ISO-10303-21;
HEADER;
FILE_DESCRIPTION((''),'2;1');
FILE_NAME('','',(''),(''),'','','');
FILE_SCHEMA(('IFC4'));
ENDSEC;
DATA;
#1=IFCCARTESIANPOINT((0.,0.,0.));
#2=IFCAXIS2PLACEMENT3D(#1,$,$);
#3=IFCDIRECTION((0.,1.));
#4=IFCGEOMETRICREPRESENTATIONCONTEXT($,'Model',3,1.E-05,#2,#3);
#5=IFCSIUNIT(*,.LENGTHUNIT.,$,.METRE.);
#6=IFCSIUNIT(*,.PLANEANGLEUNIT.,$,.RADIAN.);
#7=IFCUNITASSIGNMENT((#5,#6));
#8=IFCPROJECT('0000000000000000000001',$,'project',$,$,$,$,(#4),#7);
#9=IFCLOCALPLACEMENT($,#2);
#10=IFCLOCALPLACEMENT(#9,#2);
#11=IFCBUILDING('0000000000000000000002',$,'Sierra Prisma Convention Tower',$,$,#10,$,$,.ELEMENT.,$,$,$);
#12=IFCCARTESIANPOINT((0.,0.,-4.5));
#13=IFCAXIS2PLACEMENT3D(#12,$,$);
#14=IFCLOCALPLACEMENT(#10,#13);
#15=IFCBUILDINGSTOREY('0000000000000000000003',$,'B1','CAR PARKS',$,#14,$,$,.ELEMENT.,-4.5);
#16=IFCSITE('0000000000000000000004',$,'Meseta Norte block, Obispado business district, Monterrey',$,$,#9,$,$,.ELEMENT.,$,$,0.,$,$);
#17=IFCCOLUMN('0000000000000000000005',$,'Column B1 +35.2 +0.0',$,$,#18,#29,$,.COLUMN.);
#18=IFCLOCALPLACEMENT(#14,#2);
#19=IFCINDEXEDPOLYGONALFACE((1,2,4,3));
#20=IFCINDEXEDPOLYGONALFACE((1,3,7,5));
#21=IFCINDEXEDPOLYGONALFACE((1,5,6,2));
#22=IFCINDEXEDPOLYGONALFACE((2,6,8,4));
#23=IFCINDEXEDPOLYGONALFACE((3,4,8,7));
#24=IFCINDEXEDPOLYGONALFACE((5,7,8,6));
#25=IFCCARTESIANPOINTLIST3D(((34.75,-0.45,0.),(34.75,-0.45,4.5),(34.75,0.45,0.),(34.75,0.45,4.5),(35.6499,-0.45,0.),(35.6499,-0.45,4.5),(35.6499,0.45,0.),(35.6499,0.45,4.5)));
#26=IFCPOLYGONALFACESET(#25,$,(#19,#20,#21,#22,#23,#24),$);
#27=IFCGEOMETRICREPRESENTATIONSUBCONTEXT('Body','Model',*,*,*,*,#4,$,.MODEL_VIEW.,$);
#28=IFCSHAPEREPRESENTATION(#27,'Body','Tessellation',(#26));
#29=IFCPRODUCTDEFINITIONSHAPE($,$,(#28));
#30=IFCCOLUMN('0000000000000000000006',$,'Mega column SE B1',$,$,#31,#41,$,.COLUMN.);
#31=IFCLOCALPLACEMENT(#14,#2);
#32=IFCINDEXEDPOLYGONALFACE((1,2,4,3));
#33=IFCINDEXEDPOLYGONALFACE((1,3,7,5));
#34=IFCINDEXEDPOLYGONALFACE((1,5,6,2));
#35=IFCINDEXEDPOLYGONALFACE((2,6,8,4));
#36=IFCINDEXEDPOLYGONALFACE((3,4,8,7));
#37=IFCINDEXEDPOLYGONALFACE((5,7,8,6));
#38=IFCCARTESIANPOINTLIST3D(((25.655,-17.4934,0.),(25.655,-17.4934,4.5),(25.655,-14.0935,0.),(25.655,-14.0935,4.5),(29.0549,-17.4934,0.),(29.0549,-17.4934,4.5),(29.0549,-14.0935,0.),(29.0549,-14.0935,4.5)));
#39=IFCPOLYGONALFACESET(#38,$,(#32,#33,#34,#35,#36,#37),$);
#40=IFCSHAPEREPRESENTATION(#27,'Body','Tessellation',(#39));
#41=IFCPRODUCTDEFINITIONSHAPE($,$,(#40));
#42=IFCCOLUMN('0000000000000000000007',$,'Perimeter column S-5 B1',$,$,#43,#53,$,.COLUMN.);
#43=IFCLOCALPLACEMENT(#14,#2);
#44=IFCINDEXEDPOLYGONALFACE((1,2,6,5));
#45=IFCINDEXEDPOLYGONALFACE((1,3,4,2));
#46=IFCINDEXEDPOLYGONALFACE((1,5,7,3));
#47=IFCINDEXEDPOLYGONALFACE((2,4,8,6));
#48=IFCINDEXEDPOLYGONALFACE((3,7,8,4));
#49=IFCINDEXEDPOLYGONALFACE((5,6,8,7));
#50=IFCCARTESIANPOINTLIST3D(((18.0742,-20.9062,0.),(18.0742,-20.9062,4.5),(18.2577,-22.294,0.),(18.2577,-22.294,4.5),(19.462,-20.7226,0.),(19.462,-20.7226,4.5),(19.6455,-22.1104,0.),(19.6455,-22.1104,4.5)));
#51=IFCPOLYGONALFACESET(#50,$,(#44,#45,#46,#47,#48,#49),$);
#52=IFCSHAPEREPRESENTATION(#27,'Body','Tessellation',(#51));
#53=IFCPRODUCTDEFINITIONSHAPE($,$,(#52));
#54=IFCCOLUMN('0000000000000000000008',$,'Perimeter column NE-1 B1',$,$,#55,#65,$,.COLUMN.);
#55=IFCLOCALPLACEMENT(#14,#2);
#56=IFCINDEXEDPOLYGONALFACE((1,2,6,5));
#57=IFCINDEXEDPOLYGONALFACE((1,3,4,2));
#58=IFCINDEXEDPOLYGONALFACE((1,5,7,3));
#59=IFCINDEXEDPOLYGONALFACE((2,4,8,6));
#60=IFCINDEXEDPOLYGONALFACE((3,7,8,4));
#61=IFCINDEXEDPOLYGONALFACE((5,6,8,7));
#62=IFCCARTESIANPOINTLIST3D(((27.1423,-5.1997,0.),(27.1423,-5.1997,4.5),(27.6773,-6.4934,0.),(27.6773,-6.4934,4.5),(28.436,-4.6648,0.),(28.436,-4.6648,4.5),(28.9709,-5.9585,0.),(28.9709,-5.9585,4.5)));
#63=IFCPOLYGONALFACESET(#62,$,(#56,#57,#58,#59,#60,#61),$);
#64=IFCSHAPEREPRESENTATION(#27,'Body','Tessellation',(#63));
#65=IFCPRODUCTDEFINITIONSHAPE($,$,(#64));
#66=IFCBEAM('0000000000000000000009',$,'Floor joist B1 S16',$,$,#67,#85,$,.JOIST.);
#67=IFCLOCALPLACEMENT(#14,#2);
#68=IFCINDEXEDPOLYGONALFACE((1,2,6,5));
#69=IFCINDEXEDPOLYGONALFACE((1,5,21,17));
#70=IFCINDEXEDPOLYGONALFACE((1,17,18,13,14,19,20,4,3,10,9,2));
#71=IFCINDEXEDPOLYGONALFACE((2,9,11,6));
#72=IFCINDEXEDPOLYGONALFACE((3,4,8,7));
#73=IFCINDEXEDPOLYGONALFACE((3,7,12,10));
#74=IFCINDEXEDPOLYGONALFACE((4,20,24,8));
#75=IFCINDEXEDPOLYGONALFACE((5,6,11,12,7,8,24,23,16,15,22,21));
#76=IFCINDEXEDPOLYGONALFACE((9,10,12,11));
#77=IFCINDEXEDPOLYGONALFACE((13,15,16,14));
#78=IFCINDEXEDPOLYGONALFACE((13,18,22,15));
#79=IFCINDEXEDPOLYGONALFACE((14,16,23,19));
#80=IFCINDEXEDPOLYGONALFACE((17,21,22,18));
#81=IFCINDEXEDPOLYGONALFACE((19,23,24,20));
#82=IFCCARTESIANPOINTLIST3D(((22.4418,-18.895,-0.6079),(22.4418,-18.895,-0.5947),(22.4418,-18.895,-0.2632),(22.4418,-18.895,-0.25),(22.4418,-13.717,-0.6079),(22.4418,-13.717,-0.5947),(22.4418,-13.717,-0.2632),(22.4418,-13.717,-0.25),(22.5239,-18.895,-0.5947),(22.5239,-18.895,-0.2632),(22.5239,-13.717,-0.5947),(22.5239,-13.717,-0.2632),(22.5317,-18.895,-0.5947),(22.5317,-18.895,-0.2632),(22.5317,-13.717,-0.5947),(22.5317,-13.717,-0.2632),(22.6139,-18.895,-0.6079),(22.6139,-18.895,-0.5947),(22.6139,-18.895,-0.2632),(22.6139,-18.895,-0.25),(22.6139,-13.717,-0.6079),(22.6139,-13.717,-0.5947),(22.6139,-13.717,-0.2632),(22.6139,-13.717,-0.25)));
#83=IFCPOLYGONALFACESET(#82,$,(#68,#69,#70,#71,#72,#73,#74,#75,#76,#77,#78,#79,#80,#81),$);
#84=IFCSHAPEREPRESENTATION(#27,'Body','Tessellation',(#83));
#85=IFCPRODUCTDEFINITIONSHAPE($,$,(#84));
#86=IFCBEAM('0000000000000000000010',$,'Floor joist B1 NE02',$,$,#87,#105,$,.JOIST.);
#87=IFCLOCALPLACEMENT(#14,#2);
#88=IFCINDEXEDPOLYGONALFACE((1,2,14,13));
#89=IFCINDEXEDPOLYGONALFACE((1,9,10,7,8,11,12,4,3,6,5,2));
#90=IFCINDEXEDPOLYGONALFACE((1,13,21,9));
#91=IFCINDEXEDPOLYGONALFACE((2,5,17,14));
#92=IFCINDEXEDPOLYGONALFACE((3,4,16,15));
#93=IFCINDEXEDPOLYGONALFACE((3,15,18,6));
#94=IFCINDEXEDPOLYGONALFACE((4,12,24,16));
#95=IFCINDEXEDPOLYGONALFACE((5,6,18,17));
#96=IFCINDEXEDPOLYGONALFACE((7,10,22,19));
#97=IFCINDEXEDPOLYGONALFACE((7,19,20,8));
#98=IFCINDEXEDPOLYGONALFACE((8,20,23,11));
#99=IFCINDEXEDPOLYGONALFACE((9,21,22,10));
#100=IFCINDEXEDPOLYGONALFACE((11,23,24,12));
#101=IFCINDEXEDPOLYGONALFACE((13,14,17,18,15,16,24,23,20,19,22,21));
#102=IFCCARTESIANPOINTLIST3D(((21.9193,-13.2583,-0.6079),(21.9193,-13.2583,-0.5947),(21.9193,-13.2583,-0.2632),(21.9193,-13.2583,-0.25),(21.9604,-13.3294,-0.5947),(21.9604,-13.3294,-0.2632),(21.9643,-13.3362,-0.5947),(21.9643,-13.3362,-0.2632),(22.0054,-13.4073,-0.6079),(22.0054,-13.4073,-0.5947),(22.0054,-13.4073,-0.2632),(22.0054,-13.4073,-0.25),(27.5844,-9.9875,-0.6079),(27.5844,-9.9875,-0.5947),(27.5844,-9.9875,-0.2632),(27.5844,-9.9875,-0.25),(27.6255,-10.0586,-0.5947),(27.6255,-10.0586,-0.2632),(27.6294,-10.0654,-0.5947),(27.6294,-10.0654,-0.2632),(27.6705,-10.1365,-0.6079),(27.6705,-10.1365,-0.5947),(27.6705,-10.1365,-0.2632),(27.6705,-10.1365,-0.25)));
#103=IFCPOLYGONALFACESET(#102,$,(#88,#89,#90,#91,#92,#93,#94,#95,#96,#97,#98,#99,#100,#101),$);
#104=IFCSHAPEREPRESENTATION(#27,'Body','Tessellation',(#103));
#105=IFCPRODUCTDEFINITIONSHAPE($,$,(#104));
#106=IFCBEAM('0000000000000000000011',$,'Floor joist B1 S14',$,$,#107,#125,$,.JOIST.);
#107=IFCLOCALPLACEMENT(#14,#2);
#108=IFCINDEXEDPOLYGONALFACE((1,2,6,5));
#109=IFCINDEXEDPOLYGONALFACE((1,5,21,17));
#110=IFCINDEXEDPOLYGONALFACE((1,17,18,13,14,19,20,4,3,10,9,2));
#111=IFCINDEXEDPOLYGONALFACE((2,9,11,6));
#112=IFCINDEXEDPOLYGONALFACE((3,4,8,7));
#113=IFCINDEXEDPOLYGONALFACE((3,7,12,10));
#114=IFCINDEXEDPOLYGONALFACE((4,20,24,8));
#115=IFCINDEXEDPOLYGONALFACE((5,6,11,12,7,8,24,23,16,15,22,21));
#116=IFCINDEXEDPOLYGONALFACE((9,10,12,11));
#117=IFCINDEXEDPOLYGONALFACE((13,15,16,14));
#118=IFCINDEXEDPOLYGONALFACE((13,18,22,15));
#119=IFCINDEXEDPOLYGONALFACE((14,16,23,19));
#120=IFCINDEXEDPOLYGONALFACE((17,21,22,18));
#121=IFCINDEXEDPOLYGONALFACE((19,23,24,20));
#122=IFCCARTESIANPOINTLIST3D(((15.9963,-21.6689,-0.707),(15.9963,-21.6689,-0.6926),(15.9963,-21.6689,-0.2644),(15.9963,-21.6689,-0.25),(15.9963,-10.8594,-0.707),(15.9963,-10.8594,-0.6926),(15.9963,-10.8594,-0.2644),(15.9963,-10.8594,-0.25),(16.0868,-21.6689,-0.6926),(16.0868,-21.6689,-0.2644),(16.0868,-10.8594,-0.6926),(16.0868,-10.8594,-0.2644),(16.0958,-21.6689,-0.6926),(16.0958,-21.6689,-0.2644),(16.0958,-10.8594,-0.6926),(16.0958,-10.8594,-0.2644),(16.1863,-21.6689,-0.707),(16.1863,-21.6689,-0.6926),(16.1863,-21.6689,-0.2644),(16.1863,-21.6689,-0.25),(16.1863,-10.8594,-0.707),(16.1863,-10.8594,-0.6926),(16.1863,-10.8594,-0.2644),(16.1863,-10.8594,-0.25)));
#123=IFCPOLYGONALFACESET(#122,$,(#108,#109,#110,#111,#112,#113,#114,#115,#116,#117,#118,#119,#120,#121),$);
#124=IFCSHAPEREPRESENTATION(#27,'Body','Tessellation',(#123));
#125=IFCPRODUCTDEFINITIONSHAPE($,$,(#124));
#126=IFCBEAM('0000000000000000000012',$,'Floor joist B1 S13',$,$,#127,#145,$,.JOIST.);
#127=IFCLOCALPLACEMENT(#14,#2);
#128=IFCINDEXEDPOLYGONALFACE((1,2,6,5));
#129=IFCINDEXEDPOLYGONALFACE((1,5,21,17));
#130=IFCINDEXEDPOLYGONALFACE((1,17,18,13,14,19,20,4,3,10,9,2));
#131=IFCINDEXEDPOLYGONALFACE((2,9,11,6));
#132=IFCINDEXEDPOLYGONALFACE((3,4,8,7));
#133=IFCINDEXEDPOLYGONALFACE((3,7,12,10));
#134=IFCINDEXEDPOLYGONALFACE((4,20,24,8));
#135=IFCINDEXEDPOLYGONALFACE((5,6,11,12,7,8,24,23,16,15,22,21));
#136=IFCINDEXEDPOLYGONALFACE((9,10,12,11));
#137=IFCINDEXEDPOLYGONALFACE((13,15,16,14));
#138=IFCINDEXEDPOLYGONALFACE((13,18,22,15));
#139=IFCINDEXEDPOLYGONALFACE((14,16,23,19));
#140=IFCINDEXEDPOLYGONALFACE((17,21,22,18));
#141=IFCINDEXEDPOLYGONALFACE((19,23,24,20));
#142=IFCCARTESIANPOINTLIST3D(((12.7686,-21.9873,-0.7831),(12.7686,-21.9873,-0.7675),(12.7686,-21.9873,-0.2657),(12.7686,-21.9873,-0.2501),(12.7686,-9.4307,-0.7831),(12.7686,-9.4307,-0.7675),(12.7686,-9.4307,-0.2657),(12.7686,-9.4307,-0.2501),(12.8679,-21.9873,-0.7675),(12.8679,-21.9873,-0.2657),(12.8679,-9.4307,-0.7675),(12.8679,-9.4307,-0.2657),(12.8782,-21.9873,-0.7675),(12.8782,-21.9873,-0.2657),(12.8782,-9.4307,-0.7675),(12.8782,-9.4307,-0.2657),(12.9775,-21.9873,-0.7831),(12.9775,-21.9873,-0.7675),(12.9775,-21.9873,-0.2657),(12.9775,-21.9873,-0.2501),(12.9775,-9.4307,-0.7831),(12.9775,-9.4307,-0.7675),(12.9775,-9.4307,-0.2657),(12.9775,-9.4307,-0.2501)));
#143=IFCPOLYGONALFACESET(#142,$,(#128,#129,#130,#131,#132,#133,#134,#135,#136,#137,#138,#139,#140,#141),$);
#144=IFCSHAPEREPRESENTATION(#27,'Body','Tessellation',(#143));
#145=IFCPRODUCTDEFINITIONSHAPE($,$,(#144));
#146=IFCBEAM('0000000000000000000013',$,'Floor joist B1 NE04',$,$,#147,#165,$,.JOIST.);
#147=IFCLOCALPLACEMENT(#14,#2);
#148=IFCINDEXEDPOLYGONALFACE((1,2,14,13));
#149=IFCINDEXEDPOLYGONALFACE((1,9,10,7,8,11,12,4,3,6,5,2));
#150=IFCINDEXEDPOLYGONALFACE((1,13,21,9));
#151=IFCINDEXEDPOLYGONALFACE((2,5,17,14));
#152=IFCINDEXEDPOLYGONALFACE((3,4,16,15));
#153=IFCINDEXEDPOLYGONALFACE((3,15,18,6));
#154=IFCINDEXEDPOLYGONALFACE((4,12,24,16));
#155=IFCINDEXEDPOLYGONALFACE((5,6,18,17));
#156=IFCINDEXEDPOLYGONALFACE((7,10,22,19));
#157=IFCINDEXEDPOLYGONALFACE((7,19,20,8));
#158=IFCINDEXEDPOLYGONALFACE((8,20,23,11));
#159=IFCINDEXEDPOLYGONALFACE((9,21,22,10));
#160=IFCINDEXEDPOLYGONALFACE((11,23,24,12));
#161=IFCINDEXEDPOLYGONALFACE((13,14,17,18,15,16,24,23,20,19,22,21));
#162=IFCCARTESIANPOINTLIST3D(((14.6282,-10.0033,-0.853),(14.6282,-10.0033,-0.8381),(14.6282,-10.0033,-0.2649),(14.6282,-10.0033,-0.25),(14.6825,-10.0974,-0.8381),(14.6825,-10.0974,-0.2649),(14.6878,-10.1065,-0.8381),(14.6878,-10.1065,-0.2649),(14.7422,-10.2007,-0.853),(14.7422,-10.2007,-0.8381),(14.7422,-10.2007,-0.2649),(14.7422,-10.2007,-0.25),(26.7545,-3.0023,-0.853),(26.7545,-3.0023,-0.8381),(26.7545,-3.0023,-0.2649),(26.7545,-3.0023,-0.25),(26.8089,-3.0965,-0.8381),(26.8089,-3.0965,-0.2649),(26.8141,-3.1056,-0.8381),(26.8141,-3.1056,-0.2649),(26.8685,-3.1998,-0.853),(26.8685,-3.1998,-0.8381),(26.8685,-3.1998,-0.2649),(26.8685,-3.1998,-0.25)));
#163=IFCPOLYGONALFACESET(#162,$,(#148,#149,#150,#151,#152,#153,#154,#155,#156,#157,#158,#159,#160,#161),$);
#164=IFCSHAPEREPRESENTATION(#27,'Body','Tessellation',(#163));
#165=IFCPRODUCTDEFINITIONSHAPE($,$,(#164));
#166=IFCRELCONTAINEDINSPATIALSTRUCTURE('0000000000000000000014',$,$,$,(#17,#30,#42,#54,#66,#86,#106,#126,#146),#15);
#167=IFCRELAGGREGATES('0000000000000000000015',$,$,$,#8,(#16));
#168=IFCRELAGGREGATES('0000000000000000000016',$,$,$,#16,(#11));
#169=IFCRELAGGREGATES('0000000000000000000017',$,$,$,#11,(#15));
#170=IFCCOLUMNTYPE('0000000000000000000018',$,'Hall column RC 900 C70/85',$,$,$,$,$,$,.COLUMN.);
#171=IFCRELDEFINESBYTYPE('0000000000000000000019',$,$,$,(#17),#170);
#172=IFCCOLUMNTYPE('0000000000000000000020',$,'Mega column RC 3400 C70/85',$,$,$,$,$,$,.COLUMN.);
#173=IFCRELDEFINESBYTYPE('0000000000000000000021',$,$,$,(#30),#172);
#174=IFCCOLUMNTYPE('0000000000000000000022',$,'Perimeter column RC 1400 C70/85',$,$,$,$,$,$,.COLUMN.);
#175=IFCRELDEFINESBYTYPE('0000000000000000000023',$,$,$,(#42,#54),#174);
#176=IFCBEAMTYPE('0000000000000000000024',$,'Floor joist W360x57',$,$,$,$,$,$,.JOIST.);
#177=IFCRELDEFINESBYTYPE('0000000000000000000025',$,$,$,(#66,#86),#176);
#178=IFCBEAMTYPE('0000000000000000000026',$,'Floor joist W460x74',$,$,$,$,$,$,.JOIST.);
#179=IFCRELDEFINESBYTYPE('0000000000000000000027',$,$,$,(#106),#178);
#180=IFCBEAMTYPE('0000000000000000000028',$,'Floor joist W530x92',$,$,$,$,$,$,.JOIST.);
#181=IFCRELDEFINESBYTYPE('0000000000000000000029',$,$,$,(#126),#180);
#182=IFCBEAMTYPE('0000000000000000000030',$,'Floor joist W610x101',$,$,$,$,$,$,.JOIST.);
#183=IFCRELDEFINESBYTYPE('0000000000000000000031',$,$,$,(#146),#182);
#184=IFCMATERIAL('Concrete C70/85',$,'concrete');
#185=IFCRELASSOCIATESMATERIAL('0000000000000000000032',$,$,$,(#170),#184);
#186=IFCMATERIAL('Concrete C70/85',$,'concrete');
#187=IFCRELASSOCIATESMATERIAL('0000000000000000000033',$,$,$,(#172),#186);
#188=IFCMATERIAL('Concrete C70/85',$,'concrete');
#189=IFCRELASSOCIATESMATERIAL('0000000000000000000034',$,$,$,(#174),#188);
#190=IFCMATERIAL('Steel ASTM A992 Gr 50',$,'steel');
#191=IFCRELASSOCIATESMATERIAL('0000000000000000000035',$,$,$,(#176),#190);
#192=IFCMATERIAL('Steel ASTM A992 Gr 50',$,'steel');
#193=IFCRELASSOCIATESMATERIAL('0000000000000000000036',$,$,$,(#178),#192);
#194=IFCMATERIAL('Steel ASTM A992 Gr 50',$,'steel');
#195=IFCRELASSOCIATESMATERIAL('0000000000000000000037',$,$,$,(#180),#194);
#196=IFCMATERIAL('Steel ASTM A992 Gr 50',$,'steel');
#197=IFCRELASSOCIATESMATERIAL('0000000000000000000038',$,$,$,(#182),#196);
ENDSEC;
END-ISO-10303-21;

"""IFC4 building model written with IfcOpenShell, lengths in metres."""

from ifc_helpers import new_model, si_unit, direction, frame, origin, origin_2d, place, context, subcontext, project, spatial, rectangle, i_section, extrude, material, material_profile, profile_set, type_object, element, save


model = new_model("IFC4")

# Units and contexts
model_context = context("Model", 3, precision=1e-05, world=origin(), true_north=direction((0.0, 1.0)))
body_context = subcontext(model_context, "Body", "Model", "MODEL_VIEW")
ifc_project = project(units=[si_unit("LENGTHUNIT", "METRE"), si_unit("PLANEANGLEUNIT", "RADIAN")], contexts=[model_context])

# Site, building, storey
site_placement = place(None, origin())
site = spatial("IfcSite", under=ifc_project, at=site_placement, Name="Meseta Norte block, Obispado business district, Monterrey", CompositionType="ELEMENT", RefElevation=0.0)
building_placement = place(site_placement, origin())
building = spatial("IfcBuilding", under=site, at=building_placement, Name="Sierra Prisma Convention Tower", CompositionType="ELEMENT")
storey_placement = place(building_placement, frame((0.0, 0.0, -4.5)))
storey = spatial("IfcBuildingStorey", under=building, at=storey_placement, Name="B1", Description="CAR PARKS", CompositionType="ELEMENT", Elevation=-4.5)

# Columns
ifc_material_1 = material(Name="Concrete C70/85", Category="concrete")
ifc_material_profile_1 = material_profile(ifc_material_1, rectangle(XDim=0.8999, YDim=0.8999, at=origin_2d()), Name="Hall column RC 900 C70/85")
ifc_profile_set_1 = profile_set([ifc_material_profile_1], Name="Concrete C70/85")
column_type_1 = type_object("IfcColumnType", Name="Hall column RC 900 C70/85", PredefinedType="COLUMN", material=ifc_profile_set_1)
column_1_placement = place(storey_placement, frame((35.2, 0.0, 0.0), z_axis=(0.0, 0.0, 1.0), x_axis=(1.0, 0.0, 0.0)))
element("IfcColumn", 1, at=column_1_placement, inside=storey, type_object=column_type_1, Name="Column B1 +35.2 +0.0", PredefinedType="COLUMN", context=body_context, shape_type="SweptSolid", body=[
    extrude(rectangle(XDim=0.8999, YDim=0.8999, at=origin_2d()), origin(), (0.0, 0.0, 1.0), 4.5),
])
ifc_material_2 = material(Name="Concrete C70/85", Category="concrete")
ifc_material_profile_2 = material_profile(ifc_material_2, rectangle(XDim=3.3999, YDim=3.3999, at=origin_2d()), Name="Mega column RC 3400 C70/85")
ifc_profile_set_2 = profile_set([ifc_material_profile_2], Name="Concrete C70/85")
column_type_2 = type_object("IfcColumnType", Name="Mega column RC 3400 C70/85", PredefinedType="COLUMN", material=ifc_profile_set_2)
column_2_placement = place(storey_placement, frame((27.355, -15.7935, 0.0), z_axis=(0.0, 0.0, 1.0), x_axis=(1.0, 0.0, 0.0)))
element("IfcColumn", 2, at=column_2_placement, inside=storey, type_object=column_type_2, Name="Mega column SE B1", PredefinedType="COLUMN", context=body_context, shape_type="SweptSolid", body=[
    extrude(rectangle(XDim=3.3999, YDim=3.3999, at=origin_2d()), origin(), (0.0, 0.0, 1.0), 4.5),
])
ifc_material_3 = material(Name="Concrete C70/85", Category="concrete")
ifc_material_profile_3 = material_profile(ifc_material_3, rectangle(XDim=1.3999, YDim=1.3999, at=origin_2d()), Name="Perimeter column RC 1400 C70/85")
ifc_profile_set_3 = profile_set([ifc_material_profile_3], Name="Concrete C70/85")
column_type_3 = type_object("IfcColumnType", Name="Perimeter column RC 1400 C70/85", PredefinedType="COLUMN", material=ifc_profile_set_3)
for number, where, z_axis, x_axis, name in (
    (3, (18.8599, -21.5083, 0.0), (0.0, 0.0, 1.0), (0.991367, 0.131115, 0.0), "Perimeter column S-5 B1"),
    (4, (28.0566, -5.5791, 0.0), (0.0, 0.0, 1.0), (-0.382135, 0.924106, 0.0), "Perimeter column NE-1 B1"),
):
    element("IfcColumn", number, at=place(storey_placement, frame(where, z_axis=z_axis, x_axis=x_axis)), inside=storey, type_object=column_type_3, Name=name, PredefinedType="COLUMN", context=body_context, shape_type="SweptSolid", body=[
        extrude(rectangle(XDim=1.3999, YDim=1.3999, at=origin_2d()), origin(), (0.0, 0.0, 1.0), 4.5),
    ])

# Beams
ifc_material_4 = material(Name="Steel ASTM A992 Gr 50", Category="steel")
ifc_material_profile_4 = material_profile(ifc_material_4, i_section(OverallWidth=0.1721, OverallDepth=0.3579, WebThickness=0.0078, FlangeThickness=0.0132, at=origin_2d()), Name="W360x57")
ifc_profile_set_4 = profile_set([ifc_material_profile_4], Name="Steel ASTM A992 Gr 50")
beam_type_1 = type_object("IfcBeamType", Name="Floor joist W360x57", PredefinedType="JOIST", material=ifc_profile_set_4)
beam_1_placement = place(storey_placement, frame((22.5278, -18.895, -0.429), z_axis=(0.0, 1.0, 0.0), x_axis=(-1.0, 0.0, 0.0)))
element("IfcBeam", 5, at=beam_1_placement, inside=storey, type_object=beam_type_1, Name="Floor joist B1 S16", PredefinedType="JOIST", context=body_context, shape_type="SweptSolid", body=[
    extrude(i_section(OverallWidth=0.1721, OverallDepth=0.3579, WebThickness=0.0078, FlangeThickness=0.0132, at=origin_2d()), origin(), (0.0, 0.0, 1.0), 5.178),
])
beam_2_placement = place(storey_placement, frame((27.6274, -10.062, -0.429), z_axis=(-0.866023, -0.500005, 0.0), x_axis=(0.500005, -0.866023, 0.0)))
element("IfcBeam", 6, at=beam_2_placement, inside=storey, type_object=beam_type_1, Name="Floor joist B1 NE02", PredefinedType="JOIST", context=body_context, shape_type="SweptSolid", body=[
    extrude(i_section(OverallWidth=0.1721, OverallDepth=0.3579, WebThickness=0.0078, FlangeThickness=0.0132, at=origin_2d()), origin(), (0.0, 0.0, 1.0), 6.5415),
])
ifc_material_5 = material(Name="Steel ASTM A992 Gr 50", Category="steel")
ifc_material_profile_5 = material_profile(ifc_material_5, i_section(OverallWidth=0.1899, OverallDepth=0.457, WebThickness=0.009, FlangeThickness=0.0144, at=origin_2d()), Name="W460x74")
ifc_profile_set_5 = profile_set([ifc_material_profile_5], Name="Steel ASTM A992 Gr 50")
beam_type_2 = type_object("IfcBeamType", Name="Floor joist W460x74", PredefinedType="JOIST", material=ifc_profile_set_5)
beam_3_placement = place(storey_placement, frame((16.0913, -21.6689, -0.4785), z_axis=(0.0, 1.0, 0.0), x_axis=(-1.0, 0.0, 0.0)))
element("IfcBeam", 7, at=beam_3_placement, inside=storey, type_object=beam_type_2, Name="Floor joist B1 S14", PredefinedType="JOIST", context=body_context, shape_type="SweptSolid", body=[
    extrude(i_section(OverallWidth=0.1899, OverallDepth=0.457, WebThickness=0.009, FlangeThickness=0.0144, at=origin_2d()), origin(), (0.0, 0.0, 1.0), 10.8096),
])
ifc_material_6 = material(Name="Steel ASTM A992 Gr 50", Category="steel")
ifc_material_profile_6 = material_profile(ifc_material_6, i_section(OverallWidth=0.209, OverallDepth=0.533, WebThickness=0.0103, FlangeThickness=0.0156, at=origin_2d()), Name="W530x92")
ifc_profile_set_6 = profile_set([ifc_material_profile_6], Name="Steel ASTM A992 Gr 50")
beam_type_3 = type_object("IfcBeamType", Name="Floor joist W530x92", PredefinedType="JOIST", material=ifc_profile_set_6)
beam_4_placement = place(storey_placement, frame((12.873, -21.9873, -0.5166), z_axis=(0.0, 1.0, 0.0), x_axis=(-1.0, 0.0, 0.0)))
element("IfcBeam", 8, at=beam_4_placement, inside=storey, type_object=beam_type_3, Name="Floor joist B1 S13", PredefinedType="JOIST", context=body_context, shape_type="SweptSolid", body=[
    extrude(i_section(OverallWidth=0.209, OverallDepth=0.533, WebThickness=0.0103, FlangeThickness=0.0156, at=origin_2d()), origin(), (0.0, 0.0, 1.0), 12.5566),
])
ifc_material_7 = material(Name="Steel ASTM A992 Gr 50", Category="steel")
ifc_material_profile_7 = material_profile(ifc_material_7, i_section(OverallWidth=0.228, OverallDepth=0.603, WebThickness=0.0105, FlangeThickness=0.0149, at=origin_2d()), Name="W610x101")
ifc_profile_set_7 = profile_set([ifc_material_profile_7], Name="Steel ASTM A992 Gr 50")
beam_type_4 = type_object("IfcBeamType", Name="Floor joist W610x101", PredefinedType="JOIST", material=ifc_profile_set_7)
beam_5_placement = place(storey_placement, frame((26.8115, -3.1011, -0.5515), z_axis=(-0.866033, -0.499987, 0.0), x_axis=(0.499987, -0.866033, 0.0)))
element("IfcBeam", 9, at=beam_5_placement, inside=storey, type_object=beam_type_4, Name="Floor joist B1 NE04", PredefinedType="JOIST", context=body_context, shape_type="SweptSolid", body=[
    extrude(i_section(OverallWidth=0.228, OverallDepth=0.603, WebThickness=0.0105, FlangeThickness=0.0149, at=origin_2d()), origin(), (0.0, 0.0, 1.0), 14.0022),
])

save(model, "model.ifc")
